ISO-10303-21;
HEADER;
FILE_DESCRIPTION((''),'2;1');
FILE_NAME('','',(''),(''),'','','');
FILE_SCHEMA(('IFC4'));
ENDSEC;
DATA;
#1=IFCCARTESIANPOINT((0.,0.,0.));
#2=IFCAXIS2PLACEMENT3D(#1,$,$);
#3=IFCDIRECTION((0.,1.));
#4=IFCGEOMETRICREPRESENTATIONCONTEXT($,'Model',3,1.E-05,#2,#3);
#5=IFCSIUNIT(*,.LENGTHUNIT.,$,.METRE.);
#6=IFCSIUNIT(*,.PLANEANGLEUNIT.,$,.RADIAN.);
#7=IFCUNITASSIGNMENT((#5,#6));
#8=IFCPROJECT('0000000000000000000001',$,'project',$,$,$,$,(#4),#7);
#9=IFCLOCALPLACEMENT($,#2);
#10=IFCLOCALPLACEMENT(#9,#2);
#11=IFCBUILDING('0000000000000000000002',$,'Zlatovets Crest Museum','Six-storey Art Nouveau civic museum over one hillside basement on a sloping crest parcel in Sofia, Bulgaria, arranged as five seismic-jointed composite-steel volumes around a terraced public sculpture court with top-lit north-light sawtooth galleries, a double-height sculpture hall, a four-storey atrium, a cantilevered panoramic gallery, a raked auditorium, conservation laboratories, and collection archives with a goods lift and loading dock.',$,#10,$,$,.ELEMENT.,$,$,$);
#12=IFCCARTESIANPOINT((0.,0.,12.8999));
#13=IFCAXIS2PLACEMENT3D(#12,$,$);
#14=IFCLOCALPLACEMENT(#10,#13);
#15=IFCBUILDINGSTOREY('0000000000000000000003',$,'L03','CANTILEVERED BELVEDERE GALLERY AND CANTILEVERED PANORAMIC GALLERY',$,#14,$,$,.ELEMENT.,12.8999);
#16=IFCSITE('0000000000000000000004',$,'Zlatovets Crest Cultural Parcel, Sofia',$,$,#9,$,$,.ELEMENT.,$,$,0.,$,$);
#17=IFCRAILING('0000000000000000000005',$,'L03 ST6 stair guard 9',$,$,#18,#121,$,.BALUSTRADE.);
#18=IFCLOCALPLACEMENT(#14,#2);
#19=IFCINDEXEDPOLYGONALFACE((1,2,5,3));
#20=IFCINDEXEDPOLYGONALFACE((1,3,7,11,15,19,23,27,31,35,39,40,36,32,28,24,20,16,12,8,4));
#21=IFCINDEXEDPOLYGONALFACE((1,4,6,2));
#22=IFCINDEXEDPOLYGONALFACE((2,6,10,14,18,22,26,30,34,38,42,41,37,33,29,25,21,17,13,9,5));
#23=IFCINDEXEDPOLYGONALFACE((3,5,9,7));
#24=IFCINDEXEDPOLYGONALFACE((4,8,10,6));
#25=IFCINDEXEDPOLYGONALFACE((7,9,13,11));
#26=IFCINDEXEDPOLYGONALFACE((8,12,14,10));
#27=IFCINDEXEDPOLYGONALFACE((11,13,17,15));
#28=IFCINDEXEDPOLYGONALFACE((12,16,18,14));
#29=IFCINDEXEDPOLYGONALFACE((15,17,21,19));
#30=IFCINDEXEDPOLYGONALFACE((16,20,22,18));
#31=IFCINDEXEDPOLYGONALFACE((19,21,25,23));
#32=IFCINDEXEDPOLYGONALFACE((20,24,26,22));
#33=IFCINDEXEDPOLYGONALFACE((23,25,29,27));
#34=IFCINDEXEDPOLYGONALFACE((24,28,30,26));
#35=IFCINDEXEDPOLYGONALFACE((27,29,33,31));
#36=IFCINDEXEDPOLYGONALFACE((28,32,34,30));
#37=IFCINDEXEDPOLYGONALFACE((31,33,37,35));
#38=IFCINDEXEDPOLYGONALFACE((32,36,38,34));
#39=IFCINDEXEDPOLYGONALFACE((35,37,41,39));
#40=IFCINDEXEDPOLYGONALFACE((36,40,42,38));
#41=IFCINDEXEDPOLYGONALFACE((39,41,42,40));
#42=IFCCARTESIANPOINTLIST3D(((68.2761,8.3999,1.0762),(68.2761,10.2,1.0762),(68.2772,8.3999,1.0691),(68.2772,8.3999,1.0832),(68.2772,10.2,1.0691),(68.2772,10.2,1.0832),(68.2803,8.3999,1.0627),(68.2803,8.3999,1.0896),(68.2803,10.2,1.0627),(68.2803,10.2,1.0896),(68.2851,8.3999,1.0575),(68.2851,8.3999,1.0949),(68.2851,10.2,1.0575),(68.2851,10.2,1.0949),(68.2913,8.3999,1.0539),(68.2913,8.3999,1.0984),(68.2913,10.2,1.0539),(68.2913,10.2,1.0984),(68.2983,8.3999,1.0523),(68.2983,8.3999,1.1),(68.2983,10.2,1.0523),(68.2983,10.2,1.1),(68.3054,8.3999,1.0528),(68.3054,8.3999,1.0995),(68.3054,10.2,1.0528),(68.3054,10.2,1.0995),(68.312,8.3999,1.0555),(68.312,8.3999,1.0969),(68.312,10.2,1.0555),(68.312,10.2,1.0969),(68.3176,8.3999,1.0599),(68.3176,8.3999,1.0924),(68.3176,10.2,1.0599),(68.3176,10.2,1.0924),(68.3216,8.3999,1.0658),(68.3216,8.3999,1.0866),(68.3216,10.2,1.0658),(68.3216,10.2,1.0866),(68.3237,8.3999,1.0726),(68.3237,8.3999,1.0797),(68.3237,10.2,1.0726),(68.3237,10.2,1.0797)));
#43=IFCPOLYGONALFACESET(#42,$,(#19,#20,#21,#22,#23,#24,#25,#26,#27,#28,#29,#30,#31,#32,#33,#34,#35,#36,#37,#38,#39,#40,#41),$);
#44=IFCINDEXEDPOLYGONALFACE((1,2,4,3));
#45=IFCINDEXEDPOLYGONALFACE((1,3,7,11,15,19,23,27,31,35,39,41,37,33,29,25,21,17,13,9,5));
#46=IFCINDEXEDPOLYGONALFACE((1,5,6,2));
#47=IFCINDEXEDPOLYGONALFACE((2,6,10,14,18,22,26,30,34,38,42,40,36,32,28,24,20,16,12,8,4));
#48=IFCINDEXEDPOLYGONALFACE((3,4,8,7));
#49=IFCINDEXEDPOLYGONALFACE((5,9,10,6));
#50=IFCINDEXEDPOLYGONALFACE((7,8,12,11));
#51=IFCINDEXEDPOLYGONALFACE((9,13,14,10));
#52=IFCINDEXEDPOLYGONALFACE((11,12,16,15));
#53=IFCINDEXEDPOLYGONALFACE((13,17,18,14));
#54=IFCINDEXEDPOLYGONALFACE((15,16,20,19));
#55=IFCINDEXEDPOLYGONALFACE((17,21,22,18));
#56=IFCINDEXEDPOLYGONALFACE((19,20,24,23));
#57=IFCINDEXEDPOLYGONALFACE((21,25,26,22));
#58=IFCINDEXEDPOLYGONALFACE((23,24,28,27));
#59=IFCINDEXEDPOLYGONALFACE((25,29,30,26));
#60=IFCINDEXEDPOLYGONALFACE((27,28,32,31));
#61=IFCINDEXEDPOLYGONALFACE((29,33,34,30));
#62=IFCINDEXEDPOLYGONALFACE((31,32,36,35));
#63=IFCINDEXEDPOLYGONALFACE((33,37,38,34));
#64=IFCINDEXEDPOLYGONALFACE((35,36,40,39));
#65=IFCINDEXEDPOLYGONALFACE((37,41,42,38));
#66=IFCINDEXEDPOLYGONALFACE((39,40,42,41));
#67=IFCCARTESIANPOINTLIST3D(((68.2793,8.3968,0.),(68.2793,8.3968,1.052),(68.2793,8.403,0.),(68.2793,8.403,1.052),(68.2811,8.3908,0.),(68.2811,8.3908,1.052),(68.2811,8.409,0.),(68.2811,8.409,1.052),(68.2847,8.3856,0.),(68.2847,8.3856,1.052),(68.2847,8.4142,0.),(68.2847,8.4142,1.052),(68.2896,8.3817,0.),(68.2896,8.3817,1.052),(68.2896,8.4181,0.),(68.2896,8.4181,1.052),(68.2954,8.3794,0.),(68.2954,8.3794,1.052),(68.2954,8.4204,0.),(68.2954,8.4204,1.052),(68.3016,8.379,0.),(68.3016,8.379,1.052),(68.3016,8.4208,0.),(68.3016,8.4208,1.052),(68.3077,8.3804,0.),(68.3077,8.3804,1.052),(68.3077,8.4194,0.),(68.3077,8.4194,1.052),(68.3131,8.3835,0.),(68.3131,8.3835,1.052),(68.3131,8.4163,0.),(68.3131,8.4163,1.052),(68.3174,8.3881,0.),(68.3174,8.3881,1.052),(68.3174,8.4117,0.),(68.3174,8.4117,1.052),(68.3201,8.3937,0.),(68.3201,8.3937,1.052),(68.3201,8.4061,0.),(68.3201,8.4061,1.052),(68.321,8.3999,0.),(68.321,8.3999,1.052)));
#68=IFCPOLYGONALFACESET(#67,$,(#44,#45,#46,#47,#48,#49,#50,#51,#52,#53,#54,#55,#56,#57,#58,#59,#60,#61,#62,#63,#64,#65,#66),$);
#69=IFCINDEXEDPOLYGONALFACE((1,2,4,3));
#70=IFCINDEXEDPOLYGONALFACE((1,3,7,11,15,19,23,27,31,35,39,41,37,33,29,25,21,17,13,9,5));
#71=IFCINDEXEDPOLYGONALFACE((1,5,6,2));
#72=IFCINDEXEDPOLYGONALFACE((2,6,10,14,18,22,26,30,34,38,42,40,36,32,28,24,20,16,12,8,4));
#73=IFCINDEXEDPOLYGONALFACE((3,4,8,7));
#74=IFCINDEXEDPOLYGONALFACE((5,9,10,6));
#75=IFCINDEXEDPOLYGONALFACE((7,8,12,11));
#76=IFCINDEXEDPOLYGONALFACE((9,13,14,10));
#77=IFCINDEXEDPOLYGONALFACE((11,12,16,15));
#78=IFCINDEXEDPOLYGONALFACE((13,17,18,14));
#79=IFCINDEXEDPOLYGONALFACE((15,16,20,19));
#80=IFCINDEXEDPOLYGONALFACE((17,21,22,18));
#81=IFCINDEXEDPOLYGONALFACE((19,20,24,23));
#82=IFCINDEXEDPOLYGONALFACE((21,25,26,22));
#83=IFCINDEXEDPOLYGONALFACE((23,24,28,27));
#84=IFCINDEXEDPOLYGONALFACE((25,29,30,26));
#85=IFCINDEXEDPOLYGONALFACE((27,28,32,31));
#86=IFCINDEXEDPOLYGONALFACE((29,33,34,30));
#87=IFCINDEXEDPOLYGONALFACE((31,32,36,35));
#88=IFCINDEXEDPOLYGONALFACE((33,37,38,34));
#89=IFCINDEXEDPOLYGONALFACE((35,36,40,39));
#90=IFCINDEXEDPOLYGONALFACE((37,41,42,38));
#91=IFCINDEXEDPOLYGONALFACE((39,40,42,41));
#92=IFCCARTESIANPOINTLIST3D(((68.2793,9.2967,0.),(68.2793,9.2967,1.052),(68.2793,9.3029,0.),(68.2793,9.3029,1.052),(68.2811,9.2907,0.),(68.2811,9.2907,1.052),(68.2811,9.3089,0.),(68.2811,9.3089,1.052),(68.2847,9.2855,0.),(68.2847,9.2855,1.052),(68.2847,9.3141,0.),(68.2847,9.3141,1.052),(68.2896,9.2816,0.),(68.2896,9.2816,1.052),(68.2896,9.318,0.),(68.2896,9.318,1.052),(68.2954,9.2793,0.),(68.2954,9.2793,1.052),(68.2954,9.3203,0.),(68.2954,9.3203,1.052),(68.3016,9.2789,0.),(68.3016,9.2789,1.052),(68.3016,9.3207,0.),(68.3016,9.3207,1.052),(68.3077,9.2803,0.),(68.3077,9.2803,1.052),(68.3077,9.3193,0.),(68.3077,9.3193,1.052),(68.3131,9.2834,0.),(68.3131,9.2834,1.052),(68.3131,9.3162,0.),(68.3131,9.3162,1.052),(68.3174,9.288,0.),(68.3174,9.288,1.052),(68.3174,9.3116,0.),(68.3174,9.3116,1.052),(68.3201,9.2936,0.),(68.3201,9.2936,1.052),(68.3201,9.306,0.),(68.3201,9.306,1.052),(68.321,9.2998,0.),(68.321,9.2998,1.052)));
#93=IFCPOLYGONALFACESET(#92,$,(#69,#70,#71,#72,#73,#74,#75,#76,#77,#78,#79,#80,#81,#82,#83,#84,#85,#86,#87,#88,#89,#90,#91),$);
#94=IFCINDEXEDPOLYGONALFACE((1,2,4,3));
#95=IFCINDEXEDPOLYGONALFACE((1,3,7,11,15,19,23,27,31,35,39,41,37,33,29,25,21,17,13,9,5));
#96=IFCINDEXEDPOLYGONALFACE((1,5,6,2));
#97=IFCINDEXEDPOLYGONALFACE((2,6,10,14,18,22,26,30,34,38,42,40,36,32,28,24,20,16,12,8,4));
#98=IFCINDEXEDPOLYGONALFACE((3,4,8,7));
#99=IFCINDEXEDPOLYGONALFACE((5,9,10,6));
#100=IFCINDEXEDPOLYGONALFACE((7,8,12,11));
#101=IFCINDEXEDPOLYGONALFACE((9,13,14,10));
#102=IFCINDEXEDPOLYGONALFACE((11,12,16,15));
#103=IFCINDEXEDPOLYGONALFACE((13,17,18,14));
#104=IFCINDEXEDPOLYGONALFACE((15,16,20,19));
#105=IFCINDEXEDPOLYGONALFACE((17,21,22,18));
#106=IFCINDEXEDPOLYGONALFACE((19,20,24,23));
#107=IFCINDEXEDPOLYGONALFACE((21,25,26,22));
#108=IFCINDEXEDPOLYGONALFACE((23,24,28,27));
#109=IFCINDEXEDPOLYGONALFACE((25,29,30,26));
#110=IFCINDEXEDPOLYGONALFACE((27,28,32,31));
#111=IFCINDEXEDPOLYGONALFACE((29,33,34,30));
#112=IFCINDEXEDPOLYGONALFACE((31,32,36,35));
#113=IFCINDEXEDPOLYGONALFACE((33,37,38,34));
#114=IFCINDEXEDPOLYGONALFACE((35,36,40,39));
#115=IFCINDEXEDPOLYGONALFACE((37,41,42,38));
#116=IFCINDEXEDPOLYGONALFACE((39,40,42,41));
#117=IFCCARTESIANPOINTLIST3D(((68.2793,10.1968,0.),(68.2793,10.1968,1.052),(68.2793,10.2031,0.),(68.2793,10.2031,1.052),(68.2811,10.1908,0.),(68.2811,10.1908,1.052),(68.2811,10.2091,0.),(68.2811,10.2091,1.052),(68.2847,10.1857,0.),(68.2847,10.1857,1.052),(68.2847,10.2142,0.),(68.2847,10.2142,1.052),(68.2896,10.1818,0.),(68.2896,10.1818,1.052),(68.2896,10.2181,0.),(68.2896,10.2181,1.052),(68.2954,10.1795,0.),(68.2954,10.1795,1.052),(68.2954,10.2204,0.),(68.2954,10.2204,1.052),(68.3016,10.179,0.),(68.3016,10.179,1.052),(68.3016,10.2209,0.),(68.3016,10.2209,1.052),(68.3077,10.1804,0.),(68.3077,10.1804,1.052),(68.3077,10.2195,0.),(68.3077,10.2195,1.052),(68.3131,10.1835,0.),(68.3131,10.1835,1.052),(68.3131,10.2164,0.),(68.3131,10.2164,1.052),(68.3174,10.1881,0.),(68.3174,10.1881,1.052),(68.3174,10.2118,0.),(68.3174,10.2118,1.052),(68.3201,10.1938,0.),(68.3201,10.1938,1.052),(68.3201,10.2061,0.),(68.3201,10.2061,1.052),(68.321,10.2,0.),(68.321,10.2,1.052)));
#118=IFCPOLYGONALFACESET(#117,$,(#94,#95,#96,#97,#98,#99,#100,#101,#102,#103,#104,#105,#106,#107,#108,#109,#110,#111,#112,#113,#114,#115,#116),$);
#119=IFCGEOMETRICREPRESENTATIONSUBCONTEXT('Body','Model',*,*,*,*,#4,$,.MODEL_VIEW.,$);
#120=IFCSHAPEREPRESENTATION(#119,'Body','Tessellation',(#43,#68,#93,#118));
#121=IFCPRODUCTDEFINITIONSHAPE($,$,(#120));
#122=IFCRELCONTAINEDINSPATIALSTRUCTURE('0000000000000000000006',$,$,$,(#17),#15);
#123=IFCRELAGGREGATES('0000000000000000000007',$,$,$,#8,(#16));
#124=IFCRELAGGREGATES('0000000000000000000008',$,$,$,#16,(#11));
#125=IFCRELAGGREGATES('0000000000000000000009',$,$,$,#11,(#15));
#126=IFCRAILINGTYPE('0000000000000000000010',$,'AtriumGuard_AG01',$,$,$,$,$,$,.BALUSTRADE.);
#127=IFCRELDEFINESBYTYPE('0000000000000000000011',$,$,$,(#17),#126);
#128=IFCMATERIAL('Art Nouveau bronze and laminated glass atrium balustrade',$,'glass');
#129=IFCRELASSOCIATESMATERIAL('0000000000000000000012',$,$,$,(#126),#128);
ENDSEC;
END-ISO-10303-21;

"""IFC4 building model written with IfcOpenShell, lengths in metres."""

from ifc_helpers import new_model, si_unit, direction, frame, origin, origin_2d, place, context, subcontext, project, spatial, circle, extrude, material, type_object, element, save


model = new_model("IFC4")

# Units and contexts
model_context = context("Model", 3, precision=1e-05, world=origin(), true_north=direction((0.0, 1.0)))
body_context = subcontext(model_context, "Body", "Model", "MODEL_VIEW")
ifc_project = project(units=[si_unit("LENGTHUNIT", "METRE"), si_unit("PLANEANGLEUNIT", "RADIAN")], contexts=[model_context])

# Site, building, storey
site_placement = place(None, origin())
site = spatial("IfcSite", under=ifc_project, at=site_placement, Name="Zlatovets Crest Cultural Parcel, Sofia", CompositionType="ELEMENT", RefElevation=0.0)
building_placement = place(site_placement, origin())
building = spatial("IfcBuilding", under=site, at=building_placement, Name="Zlatovets Crest Museum", Description="Six-storey Art Nouveau civic museum over one hillside basement on a sloping crest parcel in Sofia, Bulgaria, arranged as five seismic-jointed composite-steel volumes around a terraced public sculpture court with top-lit north-light sawtooth galleries, a double-height sculpture hall, a four-storey atrium, a cantilevered panoramic gallery, a raked auditorium, conservation laboratories, and collection archives with a goods lift and loading dock.", CompositionType="ELEMENT")
storey_placement = place(building_placement, frame((0.0, 0.0, 12.8999)))
storey = spatial("IfcBuildingStorey", under=building, at=storey_placement, Name="L03", Description="CANTILEVERED BELVEDERE GALLERY AND CANTILEVERED PANORAMIC GALLERY", CompositionType="ELEMENT", Elevation=12.8999)

# Railing
ifc_material_1 = material(Name="Art Nouveau bronze and laminated glass atrium balustrade", Category="glass")
railing_type_1 = type_object("IfcRailingType", Name="AtriumGuard_AG01", PredefinedType="BALUSTRADE", material=ifc_material_1)
for number, where, name in (
    (1, (68.3, 8.3999, 0.0), "L03 ST6 stair guard 9"),
):
    element("IfcRailing", number, at=place(storey_placement, frame(where)), inside=storey, type_object=railing_type_1, Name=name, PredefinedType="BALUSTRADE", context=body_context, shape_type="SweptSolid", body=[
        extrude(circle(Radius=0.0239, at=origin_2d()), frame((0.0, 0.0, 1.0762), z_axis=(0.0, 1.0, 0.0), x_axis=(-1.0, 0.0, 0.0)), (0.0, 0.0, 1.0), 1.8),
        extrude(circle(Radius=0.021, at=origin_2d()), origin(), (0.0, 0.0, 1.0), 1.052),
        extrude(circle(Radius=0.021, at=origin_2d()), frame((0.0, 0.8999, 0.0)), (0.0, 0.0, 1.0), 1.052),
        extrude(circle(Radius=0.021, at=origin_2d()), frame((0.0, 1.8, 0.0)), (0.0, 0.0, 1.0), 1.052),
    ])

save(model, "model.ifc")
